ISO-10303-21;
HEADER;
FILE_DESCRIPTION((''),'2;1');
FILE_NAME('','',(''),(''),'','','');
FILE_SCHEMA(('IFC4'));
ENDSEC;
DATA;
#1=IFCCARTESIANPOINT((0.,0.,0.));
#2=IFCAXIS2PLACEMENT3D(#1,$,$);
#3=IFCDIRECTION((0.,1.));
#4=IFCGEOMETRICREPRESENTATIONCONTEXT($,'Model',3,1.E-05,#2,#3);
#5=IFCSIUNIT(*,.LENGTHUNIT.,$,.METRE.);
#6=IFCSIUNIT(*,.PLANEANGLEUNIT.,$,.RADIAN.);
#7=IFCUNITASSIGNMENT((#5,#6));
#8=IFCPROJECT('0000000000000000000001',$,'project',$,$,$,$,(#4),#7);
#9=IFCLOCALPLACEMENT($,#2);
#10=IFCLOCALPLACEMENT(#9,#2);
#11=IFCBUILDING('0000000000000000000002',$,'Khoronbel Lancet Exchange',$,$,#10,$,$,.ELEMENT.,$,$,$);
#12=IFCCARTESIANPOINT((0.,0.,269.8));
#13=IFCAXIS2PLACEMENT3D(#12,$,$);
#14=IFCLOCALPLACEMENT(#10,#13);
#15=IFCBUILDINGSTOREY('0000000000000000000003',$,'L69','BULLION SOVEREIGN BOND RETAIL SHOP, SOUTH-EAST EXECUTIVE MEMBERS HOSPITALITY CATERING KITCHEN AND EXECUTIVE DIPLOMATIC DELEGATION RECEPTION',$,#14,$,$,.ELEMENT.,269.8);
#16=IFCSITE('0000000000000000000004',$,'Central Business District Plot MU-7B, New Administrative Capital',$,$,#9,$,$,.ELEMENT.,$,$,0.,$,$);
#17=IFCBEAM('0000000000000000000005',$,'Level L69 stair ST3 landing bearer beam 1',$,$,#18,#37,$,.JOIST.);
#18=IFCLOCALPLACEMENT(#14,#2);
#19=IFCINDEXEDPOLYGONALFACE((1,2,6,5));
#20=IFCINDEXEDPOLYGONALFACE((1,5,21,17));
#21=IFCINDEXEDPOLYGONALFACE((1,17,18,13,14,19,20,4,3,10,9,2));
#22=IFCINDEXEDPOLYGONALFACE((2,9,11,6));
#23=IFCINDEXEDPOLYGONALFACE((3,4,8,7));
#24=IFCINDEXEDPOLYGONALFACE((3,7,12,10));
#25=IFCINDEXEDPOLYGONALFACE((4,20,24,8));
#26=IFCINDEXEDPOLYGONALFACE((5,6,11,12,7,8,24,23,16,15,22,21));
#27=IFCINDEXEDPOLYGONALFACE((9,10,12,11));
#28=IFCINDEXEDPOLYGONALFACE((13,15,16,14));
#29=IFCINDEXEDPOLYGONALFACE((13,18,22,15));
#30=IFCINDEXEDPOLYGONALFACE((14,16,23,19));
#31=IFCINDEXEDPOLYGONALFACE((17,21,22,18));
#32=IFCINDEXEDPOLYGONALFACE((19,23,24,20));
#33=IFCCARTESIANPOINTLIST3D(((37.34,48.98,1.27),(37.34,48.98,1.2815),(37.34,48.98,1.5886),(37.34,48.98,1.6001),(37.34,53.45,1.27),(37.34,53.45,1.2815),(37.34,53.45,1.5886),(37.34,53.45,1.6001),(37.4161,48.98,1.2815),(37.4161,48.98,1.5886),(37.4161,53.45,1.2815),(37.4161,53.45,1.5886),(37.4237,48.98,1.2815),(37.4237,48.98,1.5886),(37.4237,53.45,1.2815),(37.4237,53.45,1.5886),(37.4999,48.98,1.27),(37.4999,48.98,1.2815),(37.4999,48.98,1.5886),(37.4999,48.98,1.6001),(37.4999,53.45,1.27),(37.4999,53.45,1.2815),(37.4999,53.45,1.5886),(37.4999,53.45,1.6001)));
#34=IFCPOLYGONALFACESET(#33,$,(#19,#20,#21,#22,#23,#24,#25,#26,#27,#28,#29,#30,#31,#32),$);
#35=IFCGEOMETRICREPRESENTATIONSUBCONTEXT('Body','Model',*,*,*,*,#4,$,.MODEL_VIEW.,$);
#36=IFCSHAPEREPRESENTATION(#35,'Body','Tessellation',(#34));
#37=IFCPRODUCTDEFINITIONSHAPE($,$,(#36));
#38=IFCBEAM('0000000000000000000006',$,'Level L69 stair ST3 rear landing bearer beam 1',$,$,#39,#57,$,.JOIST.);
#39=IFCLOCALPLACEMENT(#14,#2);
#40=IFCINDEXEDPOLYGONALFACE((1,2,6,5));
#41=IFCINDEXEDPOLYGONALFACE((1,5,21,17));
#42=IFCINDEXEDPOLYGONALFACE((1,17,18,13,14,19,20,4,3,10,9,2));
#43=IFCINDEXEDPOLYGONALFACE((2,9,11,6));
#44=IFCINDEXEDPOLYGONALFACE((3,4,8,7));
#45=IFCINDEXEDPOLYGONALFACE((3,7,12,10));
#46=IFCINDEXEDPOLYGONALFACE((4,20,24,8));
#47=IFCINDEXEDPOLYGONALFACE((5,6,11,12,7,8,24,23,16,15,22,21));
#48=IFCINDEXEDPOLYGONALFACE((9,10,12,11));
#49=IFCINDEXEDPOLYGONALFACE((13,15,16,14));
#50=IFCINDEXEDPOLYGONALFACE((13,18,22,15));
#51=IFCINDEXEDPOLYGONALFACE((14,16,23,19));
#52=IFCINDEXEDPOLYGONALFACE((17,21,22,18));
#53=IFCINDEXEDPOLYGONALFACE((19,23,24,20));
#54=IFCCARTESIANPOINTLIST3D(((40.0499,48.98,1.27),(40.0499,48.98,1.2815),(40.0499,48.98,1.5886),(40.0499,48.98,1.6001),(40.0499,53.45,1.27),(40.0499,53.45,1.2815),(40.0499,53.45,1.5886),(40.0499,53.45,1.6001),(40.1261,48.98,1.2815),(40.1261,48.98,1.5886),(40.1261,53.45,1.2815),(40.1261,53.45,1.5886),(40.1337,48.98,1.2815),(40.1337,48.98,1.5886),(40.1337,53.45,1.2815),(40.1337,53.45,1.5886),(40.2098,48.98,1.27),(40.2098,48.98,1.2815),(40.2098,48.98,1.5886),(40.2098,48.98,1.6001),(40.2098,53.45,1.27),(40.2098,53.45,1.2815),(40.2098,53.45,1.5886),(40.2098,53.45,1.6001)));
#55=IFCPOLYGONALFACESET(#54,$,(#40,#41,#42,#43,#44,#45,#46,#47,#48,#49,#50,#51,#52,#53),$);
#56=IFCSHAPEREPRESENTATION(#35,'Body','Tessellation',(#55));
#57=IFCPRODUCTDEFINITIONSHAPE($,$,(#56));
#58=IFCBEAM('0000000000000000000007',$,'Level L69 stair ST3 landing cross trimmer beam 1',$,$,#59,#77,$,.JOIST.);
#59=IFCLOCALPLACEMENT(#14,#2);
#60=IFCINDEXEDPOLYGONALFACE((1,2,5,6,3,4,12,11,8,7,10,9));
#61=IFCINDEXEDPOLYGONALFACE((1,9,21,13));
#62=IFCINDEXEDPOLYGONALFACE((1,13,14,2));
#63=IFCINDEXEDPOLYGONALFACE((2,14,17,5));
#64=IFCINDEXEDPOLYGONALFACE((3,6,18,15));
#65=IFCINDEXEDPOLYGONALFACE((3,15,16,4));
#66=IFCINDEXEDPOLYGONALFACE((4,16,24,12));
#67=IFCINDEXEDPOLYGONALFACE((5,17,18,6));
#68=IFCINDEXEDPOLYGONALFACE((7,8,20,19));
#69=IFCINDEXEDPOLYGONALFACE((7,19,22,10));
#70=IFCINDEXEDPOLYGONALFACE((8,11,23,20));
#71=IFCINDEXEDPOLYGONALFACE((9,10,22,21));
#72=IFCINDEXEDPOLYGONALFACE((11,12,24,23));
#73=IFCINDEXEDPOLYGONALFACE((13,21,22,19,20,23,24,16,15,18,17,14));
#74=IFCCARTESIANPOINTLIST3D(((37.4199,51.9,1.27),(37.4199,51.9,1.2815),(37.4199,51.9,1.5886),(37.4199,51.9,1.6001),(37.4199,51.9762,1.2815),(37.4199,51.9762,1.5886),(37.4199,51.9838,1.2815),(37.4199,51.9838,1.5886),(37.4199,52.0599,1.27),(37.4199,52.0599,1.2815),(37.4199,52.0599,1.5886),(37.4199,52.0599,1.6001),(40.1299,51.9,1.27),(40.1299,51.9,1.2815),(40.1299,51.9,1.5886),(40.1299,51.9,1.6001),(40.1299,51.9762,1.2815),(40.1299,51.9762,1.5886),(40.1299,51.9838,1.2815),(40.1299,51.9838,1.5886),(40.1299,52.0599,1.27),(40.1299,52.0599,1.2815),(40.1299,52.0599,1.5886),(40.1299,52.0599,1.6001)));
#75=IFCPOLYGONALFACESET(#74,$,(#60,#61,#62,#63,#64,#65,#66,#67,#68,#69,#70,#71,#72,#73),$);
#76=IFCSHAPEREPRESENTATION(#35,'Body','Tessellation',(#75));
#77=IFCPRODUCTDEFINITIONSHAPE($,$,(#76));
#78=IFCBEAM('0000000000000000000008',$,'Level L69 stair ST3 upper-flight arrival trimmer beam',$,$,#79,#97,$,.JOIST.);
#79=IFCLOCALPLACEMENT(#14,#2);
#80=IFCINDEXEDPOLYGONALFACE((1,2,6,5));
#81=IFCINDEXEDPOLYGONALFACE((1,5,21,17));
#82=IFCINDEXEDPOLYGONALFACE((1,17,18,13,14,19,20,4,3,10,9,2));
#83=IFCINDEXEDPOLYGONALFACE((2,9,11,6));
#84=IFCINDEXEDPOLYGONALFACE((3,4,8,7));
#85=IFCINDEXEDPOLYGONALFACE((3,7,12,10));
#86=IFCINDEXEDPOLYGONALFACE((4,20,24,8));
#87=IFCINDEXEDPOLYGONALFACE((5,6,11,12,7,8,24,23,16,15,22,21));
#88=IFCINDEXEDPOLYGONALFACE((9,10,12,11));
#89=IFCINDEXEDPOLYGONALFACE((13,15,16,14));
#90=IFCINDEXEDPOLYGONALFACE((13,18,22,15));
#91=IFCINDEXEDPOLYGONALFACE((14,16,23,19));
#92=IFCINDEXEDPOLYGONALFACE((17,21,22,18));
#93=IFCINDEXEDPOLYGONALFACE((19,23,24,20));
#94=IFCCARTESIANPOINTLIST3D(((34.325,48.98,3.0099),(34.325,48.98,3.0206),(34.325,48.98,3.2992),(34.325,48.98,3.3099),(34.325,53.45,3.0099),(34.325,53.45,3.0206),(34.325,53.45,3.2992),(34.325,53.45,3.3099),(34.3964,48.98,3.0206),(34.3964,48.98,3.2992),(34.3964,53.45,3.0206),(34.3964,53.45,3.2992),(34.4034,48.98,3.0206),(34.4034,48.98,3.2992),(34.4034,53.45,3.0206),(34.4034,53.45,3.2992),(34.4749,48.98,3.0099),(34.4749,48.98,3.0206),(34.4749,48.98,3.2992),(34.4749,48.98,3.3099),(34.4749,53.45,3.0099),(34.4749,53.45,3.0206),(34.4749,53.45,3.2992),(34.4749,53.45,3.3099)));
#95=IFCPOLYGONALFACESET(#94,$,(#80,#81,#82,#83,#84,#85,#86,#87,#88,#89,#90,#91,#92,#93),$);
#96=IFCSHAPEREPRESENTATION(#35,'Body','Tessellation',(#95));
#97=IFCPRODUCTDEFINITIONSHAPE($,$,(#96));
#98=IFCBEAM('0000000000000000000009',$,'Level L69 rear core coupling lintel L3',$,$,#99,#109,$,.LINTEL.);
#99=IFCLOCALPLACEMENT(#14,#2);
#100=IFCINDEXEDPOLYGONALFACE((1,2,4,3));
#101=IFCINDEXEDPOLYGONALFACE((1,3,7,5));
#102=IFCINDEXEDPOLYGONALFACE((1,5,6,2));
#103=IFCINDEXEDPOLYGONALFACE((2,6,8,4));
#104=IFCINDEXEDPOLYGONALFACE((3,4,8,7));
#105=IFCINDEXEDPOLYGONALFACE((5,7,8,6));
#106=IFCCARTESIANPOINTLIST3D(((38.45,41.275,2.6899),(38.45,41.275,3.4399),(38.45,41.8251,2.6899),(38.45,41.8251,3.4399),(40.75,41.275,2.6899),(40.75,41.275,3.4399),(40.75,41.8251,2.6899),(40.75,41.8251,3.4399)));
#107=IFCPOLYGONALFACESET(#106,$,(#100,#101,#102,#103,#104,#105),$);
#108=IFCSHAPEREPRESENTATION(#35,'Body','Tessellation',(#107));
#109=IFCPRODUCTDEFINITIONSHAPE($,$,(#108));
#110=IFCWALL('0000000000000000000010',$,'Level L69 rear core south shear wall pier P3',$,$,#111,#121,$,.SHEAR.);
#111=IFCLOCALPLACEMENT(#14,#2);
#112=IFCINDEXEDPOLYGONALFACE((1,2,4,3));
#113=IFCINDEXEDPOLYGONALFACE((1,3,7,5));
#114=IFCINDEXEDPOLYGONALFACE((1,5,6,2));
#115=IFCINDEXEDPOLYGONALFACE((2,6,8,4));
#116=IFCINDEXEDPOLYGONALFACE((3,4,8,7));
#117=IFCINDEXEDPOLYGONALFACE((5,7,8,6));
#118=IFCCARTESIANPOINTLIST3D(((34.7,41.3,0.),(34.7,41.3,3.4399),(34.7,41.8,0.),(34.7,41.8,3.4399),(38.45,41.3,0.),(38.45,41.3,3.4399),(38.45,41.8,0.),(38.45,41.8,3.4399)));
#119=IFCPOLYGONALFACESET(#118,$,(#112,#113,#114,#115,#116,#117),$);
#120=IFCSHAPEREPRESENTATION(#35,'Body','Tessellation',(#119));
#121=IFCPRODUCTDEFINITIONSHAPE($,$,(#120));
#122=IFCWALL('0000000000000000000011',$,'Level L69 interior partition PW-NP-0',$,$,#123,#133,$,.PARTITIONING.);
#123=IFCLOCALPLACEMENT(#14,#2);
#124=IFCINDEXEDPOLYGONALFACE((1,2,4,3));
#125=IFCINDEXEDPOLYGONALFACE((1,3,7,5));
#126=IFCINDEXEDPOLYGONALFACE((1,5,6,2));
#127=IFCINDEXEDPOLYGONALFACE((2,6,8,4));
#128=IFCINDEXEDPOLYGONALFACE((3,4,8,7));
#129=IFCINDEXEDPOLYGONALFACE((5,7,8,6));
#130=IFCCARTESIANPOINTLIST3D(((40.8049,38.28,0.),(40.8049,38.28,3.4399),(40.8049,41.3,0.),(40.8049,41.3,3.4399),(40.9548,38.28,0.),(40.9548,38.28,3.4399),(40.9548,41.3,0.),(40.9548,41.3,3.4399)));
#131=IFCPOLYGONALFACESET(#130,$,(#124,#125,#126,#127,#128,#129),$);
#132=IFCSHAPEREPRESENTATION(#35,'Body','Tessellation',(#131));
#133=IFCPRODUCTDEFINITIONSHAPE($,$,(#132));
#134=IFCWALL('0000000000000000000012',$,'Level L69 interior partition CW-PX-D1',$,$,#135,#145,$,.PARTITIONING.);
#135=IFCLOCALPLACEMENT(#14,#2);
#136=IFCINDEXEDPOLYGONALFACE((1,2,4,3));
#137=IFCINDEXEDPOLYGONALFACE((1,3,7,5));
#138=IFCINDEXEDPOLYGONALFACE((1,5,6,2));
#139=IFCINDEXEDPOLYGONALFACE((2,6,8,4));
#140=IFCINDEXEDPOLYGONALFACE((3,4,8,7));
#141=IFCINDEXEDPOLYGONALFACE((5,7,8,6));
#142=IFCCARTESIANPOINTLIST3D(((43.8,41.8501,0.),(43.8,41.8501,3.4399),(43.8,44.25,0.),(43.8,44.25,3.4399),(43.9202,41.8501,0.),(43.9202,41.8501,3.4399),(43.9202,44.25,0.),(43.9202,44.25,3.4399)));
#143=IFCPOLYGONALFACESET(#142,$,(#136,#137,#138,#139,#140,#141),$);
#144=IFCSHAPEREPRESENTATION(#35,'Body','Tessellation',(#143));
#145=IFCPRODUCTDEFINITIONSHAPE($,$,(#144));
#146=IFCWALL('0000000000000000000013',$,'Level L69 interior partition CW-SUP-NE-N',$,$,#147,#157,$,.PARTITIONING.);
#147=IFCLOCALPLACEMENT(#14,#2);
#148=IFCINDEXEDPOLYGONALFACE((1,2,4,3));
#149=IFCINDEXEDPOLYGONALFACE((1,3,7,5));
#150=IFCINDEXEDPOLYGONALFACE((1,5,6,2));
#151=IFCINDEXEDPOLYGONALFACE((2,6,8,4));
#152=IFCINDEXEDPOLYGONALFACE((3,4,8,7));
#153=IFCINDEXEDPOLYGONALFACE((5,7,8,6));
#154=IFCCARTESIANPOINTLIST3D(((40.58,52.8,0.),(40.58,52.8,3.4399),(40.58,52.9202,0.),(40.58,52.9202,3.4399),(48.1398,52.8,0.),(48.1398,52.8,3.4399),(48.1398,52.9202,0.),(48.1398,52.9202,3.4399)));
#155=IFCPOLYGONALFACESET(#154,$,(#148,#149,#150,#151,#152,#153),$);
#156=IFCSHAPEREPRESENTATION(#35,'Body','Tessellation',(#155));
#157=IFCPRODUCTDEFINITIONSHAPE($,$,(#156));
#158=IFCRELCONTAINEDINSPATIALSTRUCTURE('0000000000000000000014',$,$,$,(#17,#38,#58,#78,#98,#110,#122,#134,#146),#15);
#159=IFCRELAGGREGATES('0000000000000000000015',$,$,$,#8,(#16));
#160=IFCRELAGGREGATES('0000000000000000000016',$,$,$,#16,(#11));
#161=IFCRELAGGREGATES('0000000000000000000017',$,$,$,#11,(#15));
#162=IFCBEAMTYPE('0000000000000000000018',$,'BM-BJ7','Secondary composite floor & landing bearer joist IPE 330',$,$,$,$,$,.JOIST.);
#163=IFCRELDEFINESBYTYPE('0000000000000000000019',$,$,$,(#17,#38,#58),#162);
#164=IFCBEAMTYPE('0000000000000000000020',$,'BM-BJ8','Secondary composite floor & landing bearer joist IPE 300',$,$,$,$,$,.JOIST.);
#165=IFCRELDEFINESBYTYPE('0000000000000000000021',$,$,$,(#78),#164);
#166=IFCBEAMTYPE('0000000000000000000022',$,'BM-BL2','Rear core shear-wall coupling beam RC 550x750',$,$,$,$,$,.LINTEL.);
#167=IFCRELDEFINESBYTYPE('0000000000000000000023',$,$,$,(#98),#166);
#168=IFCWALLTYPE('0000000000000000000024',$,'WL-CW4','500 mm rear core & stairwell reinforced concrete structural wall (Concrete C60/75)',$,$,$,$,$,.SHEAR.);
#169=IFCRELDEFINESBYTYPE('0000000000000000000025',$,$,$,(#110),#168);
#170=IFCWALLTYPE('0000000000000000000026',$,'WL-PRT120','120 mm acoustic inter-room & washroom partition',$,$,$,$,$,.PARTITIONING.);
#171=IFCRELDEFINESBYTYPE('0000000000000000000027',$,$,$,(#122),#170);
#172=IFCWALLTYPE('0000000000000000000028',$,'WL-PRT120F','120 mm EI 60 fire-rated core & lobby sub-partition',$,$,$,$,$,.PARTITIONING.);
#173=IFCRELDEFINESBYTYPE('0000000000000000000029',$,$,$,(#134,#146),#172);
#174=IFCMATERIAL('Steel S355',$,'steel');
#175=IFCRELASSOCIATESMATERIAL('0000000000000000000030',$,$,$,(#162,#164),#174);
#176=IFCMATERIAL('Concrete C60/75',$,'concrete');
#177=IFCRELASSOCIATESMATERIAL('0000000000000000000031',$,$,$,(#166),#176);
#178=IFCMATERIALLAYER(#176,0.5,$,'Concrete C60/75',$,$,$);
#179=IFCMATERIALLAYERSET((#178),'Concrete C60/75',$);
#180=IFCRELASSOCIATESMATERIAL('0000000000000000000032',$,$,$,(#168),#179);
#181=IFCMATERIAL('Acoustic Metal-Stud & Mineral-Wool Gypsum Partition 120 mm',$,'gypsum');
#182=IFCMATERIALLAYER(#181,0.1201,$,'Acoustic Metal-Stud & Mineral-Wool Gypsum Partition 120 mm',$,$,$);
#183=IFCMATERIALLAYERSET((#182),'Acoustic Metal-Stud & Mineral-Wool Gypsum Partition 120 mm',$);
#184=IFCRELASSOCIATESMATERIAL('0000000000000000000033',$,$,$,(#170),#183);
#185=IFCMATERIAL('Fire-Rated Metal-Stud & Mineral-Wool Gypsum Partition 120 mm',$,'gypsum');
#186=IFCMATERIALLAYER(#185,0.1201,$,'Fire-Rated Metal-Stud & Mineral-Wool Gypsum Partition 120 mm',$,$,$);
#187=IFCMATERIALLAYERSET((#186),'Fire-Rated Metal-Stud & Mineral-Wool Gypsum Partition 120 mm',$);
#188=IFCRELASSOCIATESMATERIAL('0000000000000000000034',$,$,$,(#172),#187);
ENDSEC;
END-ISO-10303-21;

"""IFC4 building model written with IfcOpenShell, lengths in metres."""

from ifc_helpers import new_model, si_unit, direction, frame, frame_2d, origin, origin_2d, place, context, subcontext, project, spatial, rectangle, i_section, extrude, material, layer, layer_set, material_profile, profile_set, type_object, element, save


model = new_model("IFC4")

# Units and contexts
model_context = context("Model", 3, precision=1e-05, world=origin(), true_north=direction((0.0, 1.0)))
body_context = subcontext(model_context, "Body", "Model", "MODEL_VIEW")
ifc_project = project(units=[si_unit("LENGTHUNIT", "METRE"), si_unit("PLANEANGLEUNIT", "RADIAN")], contexts=[model_context])

# Site, building, storey
site_placement = place(None, origin())
site = spatial("IfcSite", under=ifc_project, at=site_placement, Name="Central Business District Plot MU-7B, New Administrative Capital", CompositionType="ELEMENT", RefElevation=0.0)
building_placement = place(site_placement, origin())
building = spatial("IfcBuilding", under=site, at=building_placement, Name="Khoronbel Lancet Exchange", CompositionType="ELEMENT")
storey_placement = place(building_placement, frame((0.0, 0.0, 269.8)))
storey = spatial("IfcBuildingStorey", under=building, at=storey_placement, Name="L69", Description="BULLION SOVEREIGN BOND RETAIL SHOP, SOUTH-EAST EXECUTIVE MEMBERS HOSPITALITY CATERING KITCHEN AND EXECUTIVE DIPLOMATIC DELEGATION RECEPTION", CompositionType="ELEMENT", Elevation=269.8)

# Beams
ifc_material_1 = material(Name="Steel S355", Category="steel")
ifc_material_profile_1 = material_profile(ifc_material_1, i_section(OverallWidth=0.1599, OverallDepth=0.3301, WebThickness=0.0076, FlangeThickness=0.0115, at=origin_2d()), Name="IPE 330")
ifc_profile_set_1 = profile_set([ifc_material_profile_1], Name="Steel S355")
beam_type_1 = type_object("IfcBeamType", Name="BM-BJ7", Description="Secondary composite floor & landing bearer joist IPE 330", PredefinedType="JOIST", material=ifc_profile_set_1)
for number, where, z_axis, x_axis, name in (
    (1, (37.4199, 48.98, 1.4351), (0.0, 1.0, 0.0), (-1.0, 0.0, 0.0), "Level L69 stair ST3 landing bearer beam 1"),
    (2, (40.1299, 48.98, 1.4351), (0.0, 1.0, 0.0), (-1.0, 0.0, 0.0), "Level L69 stair ST3 rear landing bearer beam 1"),
):
    element("IfcBeam", number, at=place(storey_placement, frame(where, z_axis=z_axis, x_axis=x_axis)), inside=storey, type_object=beam_type_1, Name=name, PredefinedType="JOIST", context=body_context, shape_type="SweptSolid", body=[
        extrude(i_section(OverallWidth=0.1599, OverallDepth=0.3301, WebThickness=0.0076, FlangeThickness=0.0115, at=origin_2d()), origin(), (0.0, 0.0, 1.0), 4.47),
    ])
beam_1_placement = place(storey_placement, frame((37.4199, 51.98, 1.4351), z_axis=(1.0, 0.0, 0.0), x_axis=(0.0, 1.0, 0.0)))
element("IfcBeam", 3, at=beam_1_placement, inside=storey, type_object=beam_type_1, Name="Level L69 stair ST3 landing cross trimmer beam 1", PredefinedType="JOIST", context=body_context, shape_type="SweptSolid", body=[
    extrude(i_section(OverallWidth=0.1599, OverallDepth=0.3301, WebThickness=0.0076, FlangeThickness=0.0115, at=origin_2d()), origin(), (0.0, 0.0, 1.0), 2.71),
])
ifc_material_profile_2 = material_profile(ifc_material_1, i_section(OverallWidth=0.1499, OverallDepth=0.3, WebThickness=0.0071, FlangeThickness=0.0107, at=origin_2d()), Name="IPE 300")
ifc_profile_set_2 = profile_set([ifc_material_profile_2], Name="Steel S355")
beam_type_2 = type_object("IfcBeamType", Name="BM-BJ8", Description="Secondary composite floor & landing bearer joist IPE 300", PredefinedType="JOIST", material=ifc_profile_set_2)
beam_2_placement = place(storey_placement, frame((34.3999, 48.98, 3.1599), z_axis=(0.0, 1.0, 0.0), x_axis=(-1.0, 0.0, 0.0)))
element("IfcBeam", 4, at=beam_2_placement, inside=storey, type_object=beam_type_2, Name="Level L69 stair ST3 upper-flight arrival trimmer beam", PredefinedType="JOIST", context=body_context, shape_type="SweptSolid", body=[
    extrude(i_section(OverallWidth=0.1499, OverallDepth=0.3, WebThickness=0.0071, FlangeThickness=0.0107, at=origin_2d()), origin(), (0.0, 0.0, 1.0), 4.47),
])
ifc_material_2 = material(Name="Concrete C60/75", Category="concrete")
ifc_material_profile_3 = material_profile(ifc_material_2, rectangle(XDim=0.55, YDim=0.75, at=origin_2d()), Name="RC 550x750")
ifc_profile_set_3 = profile_set([ifc_material_profile_3], Name="Concrete C60/75")
beam_type_3 = type_object("IfcBeamType", Name="BM-BL2", Description="Rear core shear-wall coupling beam RC 550x750", PredefinedType="LINTEL", material=ifc_profile_set_3)
beam_3_placement = place(storey_placement, frame((38.45, 41.55, 3.0649), z_axis=(1.0, 0.0, 0.0), x_axis=(0.0, 1.0, 0.0)))
element("IfcBeam", 5, at=beam_3_placement, inside=storey, type_object=beam_type_3, Name="Level L69 rear core coupling lintel L3", PredefinedType="LINTEL", context=body_context, shape_type="SweptSolid", body=[
    extrude(rectangle(XDim=0.55, YDim=0.75, at=origin_2d()), origin(), (0.0, 0.0, 1.0), 2.3),
])

# Walls
ifc_layer_1 = layer(ifc_material_2, 0.5, Name="Concrete C60/75")
ifc_layer_set_1 = layer_set([ifc_layer_1], Name="Concrete C60/75")
wall_type_1 = type_object("IfcWallType", Name="WL-CW4", Description="500 mm rear core & stairwell reinforced concrete structural wall (Concrete C60/75)", PredefinedType="SHEAR", material=ifc_layer_set_1)
wall_1_placement = place(storey_placement, frame((38.45, 41.55, 0.0), z_axis=(0.0, 0.0, 1.0), x_axis=(-1.0, 0.0, 0.0)))
element("IfcWall", 6, at=wall_1_placement, inside=storey, type_object=wall_type_1, Name="Level L69 rear core south shear wall pier P3", PredefinedType="SHEAR", context=body_context, shape_type="SweptSolid", body=[
    extrude(rectangle(XDim=3.75, YDim=0.5, at=frame_2d((1.875, 0.0))), origin(), (0.0, 0.0, 1.0), 3.4399),
])
ifc_material_3 = material(Name="Acoustic Metal-Stud & Mineral-Wool Gypsum Partition 120 mm", Category="gypsum")
ifc_layer_2 = layer(ifc_material_3, 0.1201, Name="Acoustic Metal-Stud & Mineral-Wool Gypsum Partition 120 mm")
ifc_layer_set_2 = layer_set([ifc_layer_2], Name="Acoustic Metal-Stud & Mineral-Wool Gypsum Partition 120 mm")
wall_type_2 = type_object("IfcWallType", Name="WL-PRT120", Description="120 mm acoustic inter-room & washroom partition", PredefinedType="PARTITIONING", material=ifc_layer_set_2)
wall_2_placement = place(storey_placement, frame((40.8799, 38.28, 0.0), z_axis=(0.0, 0.0, 1.0), x_axis=(0.0, 1.0, 0.0)))
element("IfcWall", 7, at=wall_2_placement, inside=storey, type_object=wall_type_2, Name="Level L69 interior partition PW-NP-0", PredefinedType="PARTITIONING", context=body_context, shape_type="SweptSolid", body=[
    extrude(rectangle(XDim=3.02, YDim=0.1499, at=frame_2d((1.51, 0.0))), origin(), (0.0, 0.0, 1.0), 3.4399),
])
ifc_material_4 = material(Name="Fire-Rated Metal-Stud & Mineral-Wool Gypsum Partition 120 mm", Category="gypsum")
ifc_layer_3 = layer(ifc_material_4, 0.1201, Name="Fire-Rated Metal-Stud & Mineral-Wool Gypsum Partition 120 mm")
ifc_layer_set_3 = layer_set([ifc_layer_3], Name="Fire-Rated Metal-Stud & Mineral-Wool Gypsum Partition 120 mm")
wall_type_3 = type_object("IfcWallType", Name="WL-PRT120F", Description="120 mm EI 60 fire-rated core & lobby sub-partition", PredefinedType="PARTITIONING", material=ifc_layer_set_3)
wall_3_placement = place(storey_placement, frame((43.8601, 41.8501, 0.0), z_axis=(0.0, 0.0, 1.0), x_axis=(0.0, 1.0, 0.0)))
element("IfcWall", 8, at=wall_3_placement, inside=storey, type_object=wall_type_3, Name="Level L69 interior partition CW-PX-D1", PredefinedType="PARTITIONING", context=body_context, shape_type="SweptSolid", body=[
    extrude(rectangle(XDim=2.3999, YDim=0.1201, at=frame_2d((1.2, 0.0))), origin(), (0.0, 0.0, 1.0), 3.4399),
])
wall_4_placement = place(storey_placement, frame((40.5801, 52.8601, 0.0), z_axis=(0.0, 0.0, 1.0), x_axis=(1.0, 0.0, 0.0)))
element("IfcWall", 9, at=wall_4_placement, inside=storey, type_object=wall_type_3, Name="Level L69 interior partition CW-SUP-NE-N", PredefinedType="PARTITIONING", context=body_context, shape_type="SweptSolid", body=[
    extrude(rectangle(XDim=7.5598, YDim=0.1201, at=frame_2d((3.7798, 0.0))), origin(), (0.0, 0.0, 1.0), 3.4399),
])

save(model, "model.ifc")
